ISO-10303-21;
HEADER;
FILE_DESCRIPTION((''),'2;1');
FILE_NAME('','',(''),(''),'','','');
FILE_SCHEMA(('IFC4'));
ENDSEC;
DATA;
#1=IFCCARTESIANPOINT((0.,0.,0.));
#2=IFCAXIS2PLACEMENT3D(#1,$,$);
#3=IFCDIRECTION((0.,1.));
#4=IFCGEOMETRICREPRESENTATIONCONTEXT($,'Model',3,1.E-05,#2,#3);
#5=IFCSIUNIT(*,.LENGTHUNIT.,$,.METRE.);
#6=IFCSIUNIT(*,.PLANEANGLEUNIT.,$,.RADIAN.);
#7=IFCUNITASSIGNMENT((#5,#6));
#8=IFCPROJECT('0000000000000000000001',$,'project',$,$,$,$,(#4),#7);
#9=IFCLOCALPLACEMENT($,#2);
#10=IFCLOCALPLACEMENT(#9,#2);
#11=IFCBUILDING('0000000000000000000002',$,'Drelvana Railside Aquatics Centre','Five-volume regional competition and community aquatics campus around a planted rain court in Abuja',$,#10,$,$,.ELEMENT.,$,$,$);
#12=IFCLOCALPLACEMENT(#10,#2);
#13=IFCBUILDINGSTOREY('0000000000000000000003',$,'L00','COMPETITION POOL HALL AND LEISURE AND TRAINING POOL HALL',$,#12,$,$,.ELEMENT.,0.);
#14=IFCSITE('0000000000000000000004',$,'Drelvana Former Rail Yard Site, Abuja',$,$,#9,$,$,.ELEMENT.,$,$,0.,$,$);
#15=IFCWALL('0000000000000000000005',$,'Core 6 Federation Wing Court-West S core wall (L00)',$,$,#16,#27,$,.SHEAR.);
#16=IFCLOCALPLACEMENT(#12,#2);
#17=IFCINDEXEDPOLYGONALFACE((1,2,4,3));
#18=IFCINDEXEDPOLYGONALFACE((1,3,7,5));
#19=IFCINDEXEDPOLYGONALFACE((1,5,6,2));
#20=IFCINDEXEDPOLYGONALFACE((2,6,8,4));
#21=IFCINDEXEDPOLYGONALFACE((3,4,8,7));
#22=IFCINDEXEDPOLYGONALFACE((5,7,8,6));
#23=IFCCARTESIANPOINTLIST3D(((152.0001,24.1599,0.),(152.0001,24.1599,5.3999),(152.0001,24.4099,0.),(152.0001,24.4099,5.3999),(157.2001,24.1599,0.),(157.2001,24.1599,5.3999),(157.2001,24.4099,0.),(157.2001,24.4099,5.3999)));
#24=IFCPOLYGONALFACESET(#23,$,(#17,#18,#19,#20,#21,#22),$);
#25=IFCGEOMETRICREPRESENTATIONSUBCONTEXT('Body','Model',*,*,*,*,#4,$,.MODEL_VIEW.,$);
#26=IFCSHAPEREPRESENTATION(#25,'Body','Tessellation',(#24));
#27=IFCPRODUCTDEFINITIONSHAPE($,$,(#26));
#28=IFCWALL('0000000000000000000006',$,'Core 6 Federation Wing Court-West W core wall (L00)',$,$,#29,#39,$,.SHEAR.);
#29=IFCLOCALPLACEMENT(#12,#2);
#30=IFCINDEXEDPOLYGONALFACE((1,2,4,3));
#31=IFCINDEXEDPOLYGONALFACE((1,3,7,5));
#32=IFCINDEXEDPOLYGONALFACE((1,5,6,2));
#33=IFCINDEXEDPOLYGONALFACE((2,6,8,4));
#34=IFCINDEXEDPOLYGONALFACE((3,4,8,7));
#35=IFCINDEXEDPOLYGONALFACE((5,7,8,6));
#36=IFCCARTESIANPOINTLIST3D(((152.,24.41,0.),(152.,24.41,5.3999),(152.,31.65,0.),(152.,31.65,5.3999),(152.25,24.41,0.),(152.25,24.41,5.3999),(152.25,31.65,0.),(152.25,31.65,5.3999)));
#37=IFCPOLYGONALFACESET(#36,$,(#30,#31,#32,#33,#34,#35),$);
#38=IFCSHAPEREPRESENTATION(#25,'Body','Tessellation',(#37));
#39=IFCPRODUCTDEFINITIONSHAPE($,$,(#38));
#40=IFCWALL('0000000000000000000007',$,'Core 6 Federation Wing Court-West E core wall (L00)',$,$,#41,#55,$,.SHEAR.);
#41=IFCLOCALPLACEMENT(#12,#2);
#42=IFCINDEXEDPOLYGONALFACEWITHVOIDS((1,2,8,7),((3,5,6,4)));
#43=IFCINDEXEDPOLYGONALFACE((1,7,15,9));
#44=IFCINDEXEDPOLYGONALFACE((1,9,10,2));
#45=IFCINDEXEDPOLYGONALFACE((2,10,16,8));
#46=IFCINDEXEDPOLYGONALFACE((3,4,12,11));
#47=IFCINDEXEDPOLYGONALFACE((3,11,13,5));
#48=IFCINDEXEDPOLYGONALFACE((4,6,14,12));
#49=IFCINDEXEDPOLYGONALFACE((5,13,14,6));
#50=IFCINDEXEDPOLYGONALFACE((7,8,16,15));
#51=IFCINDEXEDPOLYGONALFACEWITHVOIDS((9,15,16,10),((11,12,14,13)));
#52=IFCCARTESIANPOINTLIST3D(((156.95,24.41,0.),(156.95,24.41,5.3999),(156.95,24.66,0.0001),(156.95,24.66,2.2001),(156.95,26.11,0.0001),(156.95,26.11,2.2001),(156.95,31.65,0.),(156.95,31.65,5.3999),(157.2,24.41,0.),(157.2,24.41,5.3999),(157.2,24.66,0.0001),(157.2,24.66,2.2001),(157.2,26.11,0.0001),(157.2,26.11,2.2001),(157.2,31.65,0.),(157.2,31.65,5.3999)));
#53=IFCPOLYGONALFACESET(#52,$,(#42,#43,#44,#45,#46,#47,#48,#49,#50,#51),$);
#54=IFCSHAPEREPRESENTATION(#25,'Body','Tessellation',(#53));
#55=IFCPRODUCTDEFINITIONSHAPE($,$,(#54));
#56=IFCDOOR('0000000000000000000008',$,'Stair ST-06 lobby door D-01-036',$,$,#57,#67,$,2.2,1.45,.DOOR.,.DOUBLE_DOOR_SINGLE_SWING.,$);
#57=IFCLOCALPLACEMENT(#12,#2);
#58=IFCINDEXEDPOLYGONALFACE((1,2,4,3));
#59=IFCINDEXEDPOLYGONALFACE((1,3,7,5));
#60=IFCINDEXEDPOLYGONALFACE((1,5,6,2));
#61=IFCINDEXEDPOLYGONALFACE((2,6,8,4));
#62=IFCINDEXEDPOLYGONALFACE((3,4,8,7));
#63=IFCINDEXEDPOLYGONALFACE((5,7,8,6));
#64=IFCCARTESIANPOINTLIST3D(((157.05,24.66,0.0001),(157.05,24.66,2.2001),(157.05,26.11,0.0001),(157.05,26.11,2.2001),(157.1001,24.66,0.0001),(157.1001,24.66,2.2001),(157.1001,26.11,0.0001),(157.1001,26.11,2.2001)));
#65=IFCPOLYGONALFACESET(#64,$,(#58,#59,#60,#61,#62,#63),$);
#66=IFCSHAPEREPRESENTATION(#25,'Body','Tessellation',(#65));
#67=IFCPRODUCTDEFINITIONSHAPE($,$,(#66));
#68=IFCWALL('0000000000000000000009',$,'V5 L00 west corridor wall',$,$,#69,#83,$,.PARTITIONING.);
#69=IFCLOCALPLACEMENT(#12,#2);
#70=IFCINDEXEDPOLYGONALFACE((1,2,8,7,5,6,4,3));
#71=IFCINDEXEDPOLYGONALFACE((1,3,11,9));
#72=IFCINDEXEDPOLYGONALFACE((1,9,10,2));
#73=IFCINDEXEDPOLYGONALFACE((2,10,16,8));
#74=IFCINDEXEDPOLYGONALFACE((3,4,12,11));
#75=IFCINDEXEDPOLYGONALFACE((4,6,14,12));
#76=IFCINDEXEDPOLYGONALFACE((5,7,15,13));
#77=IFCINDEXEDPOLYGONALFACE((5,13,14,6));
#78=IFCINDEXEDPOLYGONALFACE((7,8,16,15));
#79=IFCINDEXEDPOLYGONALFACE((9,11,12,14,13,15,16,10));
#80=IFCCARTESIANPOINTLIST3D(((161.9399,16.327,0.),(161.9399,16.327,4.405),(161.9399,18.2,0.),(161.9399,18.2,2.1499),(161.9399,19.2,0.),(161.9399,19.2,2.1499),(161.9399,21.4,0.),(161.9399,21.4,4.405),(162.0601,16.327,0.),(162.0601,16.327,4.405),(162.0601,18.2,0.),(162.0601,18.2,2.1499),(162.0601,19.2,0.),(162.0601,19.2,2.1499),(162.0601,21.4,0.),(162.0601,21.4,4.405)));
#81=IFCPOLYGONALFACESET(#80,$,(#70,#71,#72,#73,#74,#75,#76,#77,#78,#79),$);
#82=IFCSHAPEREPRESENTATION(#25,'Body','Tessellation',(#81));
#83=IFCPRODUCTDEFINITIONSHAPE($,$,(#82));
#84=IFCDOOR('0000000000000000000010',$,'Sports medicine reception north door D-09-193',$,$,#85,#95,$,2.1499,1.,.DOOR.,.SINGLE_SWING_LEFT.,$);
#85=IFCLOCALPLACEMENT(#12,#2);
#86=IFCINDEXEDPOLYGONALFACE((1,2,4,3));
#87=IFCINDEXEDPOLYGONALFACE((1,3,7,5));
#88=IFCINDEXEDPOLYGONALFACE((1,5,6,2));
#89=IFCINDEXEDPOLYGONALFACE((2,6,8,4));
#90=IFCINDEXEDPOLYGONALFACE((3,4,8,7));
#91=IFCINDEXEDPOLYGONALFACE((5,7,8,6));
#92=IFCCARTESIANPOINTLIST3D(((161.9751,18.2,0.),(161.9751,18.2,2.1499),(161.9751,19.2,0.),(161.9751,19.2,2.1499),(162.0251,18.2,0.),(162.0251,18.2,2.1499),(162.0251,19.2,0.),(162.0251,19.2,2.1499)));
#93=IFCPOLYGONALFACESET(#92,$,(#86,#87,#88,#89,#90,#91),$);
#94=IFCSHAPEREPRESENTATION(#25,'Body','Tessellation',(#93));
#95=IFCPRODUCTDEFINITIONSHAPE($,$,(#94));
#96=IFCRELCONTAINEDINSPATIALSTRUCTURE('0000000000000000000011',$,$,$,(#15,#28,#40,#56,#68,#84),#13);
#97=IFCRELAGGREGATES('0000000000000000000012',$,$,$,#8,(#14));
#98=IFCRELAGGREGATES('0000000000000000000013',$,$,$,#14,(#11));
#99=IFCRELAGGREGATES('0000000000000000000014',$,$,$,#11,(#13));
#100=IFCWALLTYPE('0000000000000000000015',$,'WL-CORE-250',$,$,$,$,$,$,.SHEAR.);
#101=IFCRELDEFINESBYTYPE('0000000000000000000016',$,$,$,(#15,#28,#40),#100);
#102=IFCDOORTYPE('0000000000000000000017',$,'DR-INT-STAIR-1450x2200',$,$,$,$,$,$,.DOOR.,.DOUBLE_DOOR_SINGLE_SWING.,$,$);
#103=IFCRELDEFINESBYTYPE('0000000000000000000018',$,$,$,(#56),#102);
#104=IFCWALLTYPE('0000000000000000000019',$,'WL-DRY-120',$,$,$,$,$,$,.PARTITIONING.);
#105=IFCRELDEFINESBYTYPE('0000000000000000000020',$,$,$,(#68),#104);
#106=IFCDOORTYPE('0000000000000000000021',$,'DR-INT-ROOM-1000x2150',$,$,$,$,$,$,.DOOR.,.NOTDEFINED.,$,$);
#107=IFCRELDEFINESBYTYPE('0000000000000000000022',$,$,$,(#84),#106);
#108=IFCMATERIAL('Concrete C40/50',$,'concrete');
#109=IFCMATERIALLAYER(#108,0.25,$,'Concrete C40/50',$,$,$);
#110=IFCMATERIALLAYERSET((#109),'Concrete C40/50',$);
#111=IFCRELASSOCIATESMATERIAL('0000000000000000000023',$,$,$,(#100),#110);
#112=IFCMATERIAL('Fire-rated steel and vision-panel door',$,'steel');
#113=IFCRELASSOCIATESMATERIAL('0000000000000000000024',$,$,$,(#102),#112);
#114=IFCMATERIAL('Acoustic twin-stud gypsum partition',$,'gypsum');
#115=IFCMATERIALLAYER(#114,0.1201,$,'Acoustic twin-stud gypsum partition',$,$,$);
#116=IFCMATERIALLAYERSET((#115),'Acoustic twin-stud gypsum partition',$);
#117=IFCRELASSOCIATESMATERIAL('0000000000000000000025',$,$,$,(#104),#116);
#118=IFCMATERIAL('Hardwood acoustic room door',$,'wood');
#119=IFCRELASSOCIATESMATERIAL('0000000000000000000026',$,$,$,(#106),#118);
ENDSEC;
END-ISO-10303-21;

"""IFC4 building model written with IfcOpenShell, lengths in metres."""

from ifc_helpers import new_model, si_unit, direction, frame, frame_2d, origin, place, context, subcontext, project, spatial, rectangle, extrude, material, layer, layer_set, type_object, element, fill, save


model = new_model("IFC4")

# Units and contexts
model_context = context("Model", 3, precision=1e-05, world=origin(), true_north=direction((0.0, 1.0)))
body_context = subcontext(model_context, "Body", "Model", "MODEL_VIEW")
ifc_project = project(units=[si_unit("LENGTHUNIT", "METRE"), si_unit("PLANEANGLEUNIT", "RADIAN")], contexts=[model_context])

# Site, building, storey
site_placement = place(None, origin())
site = spatial("IfcSite", under=ifc_project, at=site_placement, Name="Drelvana Former Rail Yard Site, Abuja", CompositionType="ELEMENT", RefElevation=0.0)
building_placement = place(site_placement, origin())
building = spatial("IfcBuilding", under=site, at=building_placement, Name="Drelvana Railside Aquatics Centre", Description="Five-volume regional competition and community aquatics campus around a planted rain court in Abuja", CompositionType="ELEMENT")
storey_placement = place(building_placement, origin())
storey = spatial("IfcBuildingStorey", under=building, at=storey_placement, Name="L00", Description="COMPETITION POOL HALL AND LEISURE AND TRAINING POOL HALL", CompositionType="ELEMENT", Elevation=0.0)

# Shared definitions
ifc_material_1 = material(Name="Concrete C40/50", Category="concrete")

# Walls
ifc_layer_1 = layer(ifc_material_1, 0.25, Name="Concrete C40/50")
ifc_layer_set_1 = layer_set([ifc_layer_1], Name="Concrete C40/50")
wall_type_1 = type_object("IfcWallType", Name="WL-CORE-250", PredefinedType="SHEAR", material=ifc_layer_set_1)
wall_1_placement = place(storey_placement, frame((152.0, 24.2849, 0.0), z_axis=(0.0, 0.0, 1.0), x_axis=(1.0, 0.0, 0.0)))
element("IfcWall", 1, at=wall_1_placement, inside=storey, type_object=wall_type_1, Name="Core 6 Federation Wing Court-West S core wall (L00)", PredefinedType="SHEAR", context=body_context, shape_type="SweptSolid", body=[
    extrude(rectangle(XDim=5.2, YDim=0.25, at=frame_2d((2.6001, 0.0))), origin(), (0.0, 0.0, 1.0), 5.3999),
])
wall_2_placement = place(storey_placement, frame((152.125, 24.4099, 0.0), z_axis=(0.0, 0.0, 1.0), x_axis=(0.0, 1.0, 0.0)))
element("IfcWall", 2, at=wall_2_placement, inside=storey, type_object=wall_type_1, Name="Core 6 Federation Wing Court-West W core wall (L00)", PredefinedType="SHEAR", context=body_context, shape_type="SweptSolid", body=[
    extrude(rectangle(XDim=7.24, YDim=0.25, at=frame_2d((3.6201, 0.0))), origin(), (0.0, 0.0, 1.0), 5.3999),
])

# Walls, openings, doors
wall_3_placement = place(storey_placement, frame((157.075, 24.4099, 0.0), z_axis=(0.0, 0.0, 1.0), x_axis=(0.0, 1.0, 0.0)))
wall_3 = element("IfcWall", 3, at=wall_3_placement, inside=storey, type_object=wall_type_1, Name="Core 6 Federation Wing Court-West E core wall (L00)", PredefinedType="SHEAR", context=body_context, shape_type="SweptSolid", body=[
    extrude(rectangle(XDim=7.24, YDim=0.25, at=frame_2d((3.6201, 0.0))), origin(), (0.0, 0.0, 1.0), 5.3999),
])
opening_1_placement = place(wall_3_placement, frame((0.25, 0.0, 0.0)))
opening_1 = element("IfcOpeningElement", 4, at=opening_1_placement, cuts=wall_3, PredefinedType="OPENING", context=body_context, shape_type="SweptSolid", body=[
    extrude(rectangle(XDim=1.45, YDim=2.2, at=frame_2d((0.7251, 1.1001))), frame((0.0, 0.135, 0.0), z_axis=(0.0, -1.0, 0.0), x_axis=(1.0, 0.0, 0.0)), (0.0, 0.0, 1.0), 0.27),
])
ifc_material_2 = material(Name="Fire-rated steel and vision-panel door", Category="steel")
door_type_1 = type_object("IfcDoorType", Name="DR-INT-STAIR-1450x2200", OperationType="DOUBLE_DOOR_SINGLE_SWING", PredefinedType="DOOR", material=ifc_material_2)
door_1_placement = place(opening_1_placement, origin())
door_1 = element("IfcDoor", 5, at=door_1_placement, inside=storey, type_object=door_type_1, Name="Stair ST-06 lobby door D-01-036", OperationType="DOUBLE_DOOR_SINGLE_SWING", OverallHeight=2.2, OverallWidth=1.45, PredefinedType="DOOR", context=body_context, shape_type="SweptSolid", body=[
    extrude(rectangle(XDim=1.45, YDim=2.2, at=frame_2d((0.7251, 1.1001))), frame((0.0, 0.0249, 0.0), z_axis=(0.0, -1.0, 0.0), x_axis=(1.0, 0.0, 0.0)), (0.0, 0.0, 1.0), 0.05),
])
fill(opening_1, door_1)
ifc_material_3 = material(Name="Acoustic twin-stud gypsum partition", Category="gypsum")
ifc_layer_2 = layer(ifc_material_3, 0.1201, Name="Acoustic twin-stud gypsum partition")
ifc_layer_set_2 = layer_set([ifc_layer_2], Name="Acoustic twin-stud gypsum partition")
wall_type_2 = type_object("IfcWallType", Name="WL-DRY-120", PredefinedType="PARTITIONING", material=ifc_layer_set_2)
wall_4_placement = place(storey_placement, frame((162.0, 16.3269, 0.0), z_axis=(0.0, 0.0, 1.0), x_axis=(0.0, 1.0, 0.0)))
wall_4 = element("IfcWall", 6, at=wall_4_placement, inside=storey, type_object=wall_type_2, Name="V5 L00 west corridor wall", PredefinedType="PARTITIONING", context=body_context, shape_type="SweptSolid", body=[
    extrude(rectangle(XDim=5.073, YDim=0.1201, at=frame_2d((2.5366, 0.0))), origin(), (0.0, 0.0, 1.0), 4.405),
])
opening_2_placement = place(wall_4_placement, frame((1.873, 0.0, 0.0)))
opening_2 = element("IfcOpeningElement", 7, at=opening_2_placement, cuts=wall_4, PredefinedType="OPENING", context=body_context, shape_type="SweptSolid", body=[
    extrude(rectangle(XDim=1.0, YDim=2.1499, at=frame_2d((0.5, 1.075))), frame((0.0, 0.0701, 0.0), z_axis=(0.0, -1.0, 0.0), x_axis=(1.0, 0.0, 0.0)), (0.0, 0.0, 1.0), 0.1401),
])
ifc_material_4 = material(Name="Hardwood acoustic room door", Category="wood")
door_type_2 = type_object("IfcDoorType", Name="DR-INT-ROOM-1000x2150", OperationType="NOTDEFINED", PredefinedType="DOOR", material=ifc_material_4)
door_2_placement = place(opening_2_placement, origin())
door_2 = element("IfcDoor", 8, at=door_2_placement, inside=storey, type_object=door_type_2, Name="Sports medicine reception north door D-09-193", OperationType="SINGLE_SWING_LEFT", OverallHeight=2.1499, OverallWidth=1.0, PredefinedType="DOOR", context=body_context, shape_type="SweptSolid", body=[
    extrude(rectangle(XDim=1.0, YDim=2.1499, at=frame_2d((0.5, 1.075))), frame((0.0, 0.0249, 0.0), z_axis=(0.0, -1.0, 0.0), x_axis=(1.0, 0.0, 0.0)), (0.0, 0.0, 1.0), 0.05),
])
fill(opening_2, door_2)

save(model, "model.ifc")
